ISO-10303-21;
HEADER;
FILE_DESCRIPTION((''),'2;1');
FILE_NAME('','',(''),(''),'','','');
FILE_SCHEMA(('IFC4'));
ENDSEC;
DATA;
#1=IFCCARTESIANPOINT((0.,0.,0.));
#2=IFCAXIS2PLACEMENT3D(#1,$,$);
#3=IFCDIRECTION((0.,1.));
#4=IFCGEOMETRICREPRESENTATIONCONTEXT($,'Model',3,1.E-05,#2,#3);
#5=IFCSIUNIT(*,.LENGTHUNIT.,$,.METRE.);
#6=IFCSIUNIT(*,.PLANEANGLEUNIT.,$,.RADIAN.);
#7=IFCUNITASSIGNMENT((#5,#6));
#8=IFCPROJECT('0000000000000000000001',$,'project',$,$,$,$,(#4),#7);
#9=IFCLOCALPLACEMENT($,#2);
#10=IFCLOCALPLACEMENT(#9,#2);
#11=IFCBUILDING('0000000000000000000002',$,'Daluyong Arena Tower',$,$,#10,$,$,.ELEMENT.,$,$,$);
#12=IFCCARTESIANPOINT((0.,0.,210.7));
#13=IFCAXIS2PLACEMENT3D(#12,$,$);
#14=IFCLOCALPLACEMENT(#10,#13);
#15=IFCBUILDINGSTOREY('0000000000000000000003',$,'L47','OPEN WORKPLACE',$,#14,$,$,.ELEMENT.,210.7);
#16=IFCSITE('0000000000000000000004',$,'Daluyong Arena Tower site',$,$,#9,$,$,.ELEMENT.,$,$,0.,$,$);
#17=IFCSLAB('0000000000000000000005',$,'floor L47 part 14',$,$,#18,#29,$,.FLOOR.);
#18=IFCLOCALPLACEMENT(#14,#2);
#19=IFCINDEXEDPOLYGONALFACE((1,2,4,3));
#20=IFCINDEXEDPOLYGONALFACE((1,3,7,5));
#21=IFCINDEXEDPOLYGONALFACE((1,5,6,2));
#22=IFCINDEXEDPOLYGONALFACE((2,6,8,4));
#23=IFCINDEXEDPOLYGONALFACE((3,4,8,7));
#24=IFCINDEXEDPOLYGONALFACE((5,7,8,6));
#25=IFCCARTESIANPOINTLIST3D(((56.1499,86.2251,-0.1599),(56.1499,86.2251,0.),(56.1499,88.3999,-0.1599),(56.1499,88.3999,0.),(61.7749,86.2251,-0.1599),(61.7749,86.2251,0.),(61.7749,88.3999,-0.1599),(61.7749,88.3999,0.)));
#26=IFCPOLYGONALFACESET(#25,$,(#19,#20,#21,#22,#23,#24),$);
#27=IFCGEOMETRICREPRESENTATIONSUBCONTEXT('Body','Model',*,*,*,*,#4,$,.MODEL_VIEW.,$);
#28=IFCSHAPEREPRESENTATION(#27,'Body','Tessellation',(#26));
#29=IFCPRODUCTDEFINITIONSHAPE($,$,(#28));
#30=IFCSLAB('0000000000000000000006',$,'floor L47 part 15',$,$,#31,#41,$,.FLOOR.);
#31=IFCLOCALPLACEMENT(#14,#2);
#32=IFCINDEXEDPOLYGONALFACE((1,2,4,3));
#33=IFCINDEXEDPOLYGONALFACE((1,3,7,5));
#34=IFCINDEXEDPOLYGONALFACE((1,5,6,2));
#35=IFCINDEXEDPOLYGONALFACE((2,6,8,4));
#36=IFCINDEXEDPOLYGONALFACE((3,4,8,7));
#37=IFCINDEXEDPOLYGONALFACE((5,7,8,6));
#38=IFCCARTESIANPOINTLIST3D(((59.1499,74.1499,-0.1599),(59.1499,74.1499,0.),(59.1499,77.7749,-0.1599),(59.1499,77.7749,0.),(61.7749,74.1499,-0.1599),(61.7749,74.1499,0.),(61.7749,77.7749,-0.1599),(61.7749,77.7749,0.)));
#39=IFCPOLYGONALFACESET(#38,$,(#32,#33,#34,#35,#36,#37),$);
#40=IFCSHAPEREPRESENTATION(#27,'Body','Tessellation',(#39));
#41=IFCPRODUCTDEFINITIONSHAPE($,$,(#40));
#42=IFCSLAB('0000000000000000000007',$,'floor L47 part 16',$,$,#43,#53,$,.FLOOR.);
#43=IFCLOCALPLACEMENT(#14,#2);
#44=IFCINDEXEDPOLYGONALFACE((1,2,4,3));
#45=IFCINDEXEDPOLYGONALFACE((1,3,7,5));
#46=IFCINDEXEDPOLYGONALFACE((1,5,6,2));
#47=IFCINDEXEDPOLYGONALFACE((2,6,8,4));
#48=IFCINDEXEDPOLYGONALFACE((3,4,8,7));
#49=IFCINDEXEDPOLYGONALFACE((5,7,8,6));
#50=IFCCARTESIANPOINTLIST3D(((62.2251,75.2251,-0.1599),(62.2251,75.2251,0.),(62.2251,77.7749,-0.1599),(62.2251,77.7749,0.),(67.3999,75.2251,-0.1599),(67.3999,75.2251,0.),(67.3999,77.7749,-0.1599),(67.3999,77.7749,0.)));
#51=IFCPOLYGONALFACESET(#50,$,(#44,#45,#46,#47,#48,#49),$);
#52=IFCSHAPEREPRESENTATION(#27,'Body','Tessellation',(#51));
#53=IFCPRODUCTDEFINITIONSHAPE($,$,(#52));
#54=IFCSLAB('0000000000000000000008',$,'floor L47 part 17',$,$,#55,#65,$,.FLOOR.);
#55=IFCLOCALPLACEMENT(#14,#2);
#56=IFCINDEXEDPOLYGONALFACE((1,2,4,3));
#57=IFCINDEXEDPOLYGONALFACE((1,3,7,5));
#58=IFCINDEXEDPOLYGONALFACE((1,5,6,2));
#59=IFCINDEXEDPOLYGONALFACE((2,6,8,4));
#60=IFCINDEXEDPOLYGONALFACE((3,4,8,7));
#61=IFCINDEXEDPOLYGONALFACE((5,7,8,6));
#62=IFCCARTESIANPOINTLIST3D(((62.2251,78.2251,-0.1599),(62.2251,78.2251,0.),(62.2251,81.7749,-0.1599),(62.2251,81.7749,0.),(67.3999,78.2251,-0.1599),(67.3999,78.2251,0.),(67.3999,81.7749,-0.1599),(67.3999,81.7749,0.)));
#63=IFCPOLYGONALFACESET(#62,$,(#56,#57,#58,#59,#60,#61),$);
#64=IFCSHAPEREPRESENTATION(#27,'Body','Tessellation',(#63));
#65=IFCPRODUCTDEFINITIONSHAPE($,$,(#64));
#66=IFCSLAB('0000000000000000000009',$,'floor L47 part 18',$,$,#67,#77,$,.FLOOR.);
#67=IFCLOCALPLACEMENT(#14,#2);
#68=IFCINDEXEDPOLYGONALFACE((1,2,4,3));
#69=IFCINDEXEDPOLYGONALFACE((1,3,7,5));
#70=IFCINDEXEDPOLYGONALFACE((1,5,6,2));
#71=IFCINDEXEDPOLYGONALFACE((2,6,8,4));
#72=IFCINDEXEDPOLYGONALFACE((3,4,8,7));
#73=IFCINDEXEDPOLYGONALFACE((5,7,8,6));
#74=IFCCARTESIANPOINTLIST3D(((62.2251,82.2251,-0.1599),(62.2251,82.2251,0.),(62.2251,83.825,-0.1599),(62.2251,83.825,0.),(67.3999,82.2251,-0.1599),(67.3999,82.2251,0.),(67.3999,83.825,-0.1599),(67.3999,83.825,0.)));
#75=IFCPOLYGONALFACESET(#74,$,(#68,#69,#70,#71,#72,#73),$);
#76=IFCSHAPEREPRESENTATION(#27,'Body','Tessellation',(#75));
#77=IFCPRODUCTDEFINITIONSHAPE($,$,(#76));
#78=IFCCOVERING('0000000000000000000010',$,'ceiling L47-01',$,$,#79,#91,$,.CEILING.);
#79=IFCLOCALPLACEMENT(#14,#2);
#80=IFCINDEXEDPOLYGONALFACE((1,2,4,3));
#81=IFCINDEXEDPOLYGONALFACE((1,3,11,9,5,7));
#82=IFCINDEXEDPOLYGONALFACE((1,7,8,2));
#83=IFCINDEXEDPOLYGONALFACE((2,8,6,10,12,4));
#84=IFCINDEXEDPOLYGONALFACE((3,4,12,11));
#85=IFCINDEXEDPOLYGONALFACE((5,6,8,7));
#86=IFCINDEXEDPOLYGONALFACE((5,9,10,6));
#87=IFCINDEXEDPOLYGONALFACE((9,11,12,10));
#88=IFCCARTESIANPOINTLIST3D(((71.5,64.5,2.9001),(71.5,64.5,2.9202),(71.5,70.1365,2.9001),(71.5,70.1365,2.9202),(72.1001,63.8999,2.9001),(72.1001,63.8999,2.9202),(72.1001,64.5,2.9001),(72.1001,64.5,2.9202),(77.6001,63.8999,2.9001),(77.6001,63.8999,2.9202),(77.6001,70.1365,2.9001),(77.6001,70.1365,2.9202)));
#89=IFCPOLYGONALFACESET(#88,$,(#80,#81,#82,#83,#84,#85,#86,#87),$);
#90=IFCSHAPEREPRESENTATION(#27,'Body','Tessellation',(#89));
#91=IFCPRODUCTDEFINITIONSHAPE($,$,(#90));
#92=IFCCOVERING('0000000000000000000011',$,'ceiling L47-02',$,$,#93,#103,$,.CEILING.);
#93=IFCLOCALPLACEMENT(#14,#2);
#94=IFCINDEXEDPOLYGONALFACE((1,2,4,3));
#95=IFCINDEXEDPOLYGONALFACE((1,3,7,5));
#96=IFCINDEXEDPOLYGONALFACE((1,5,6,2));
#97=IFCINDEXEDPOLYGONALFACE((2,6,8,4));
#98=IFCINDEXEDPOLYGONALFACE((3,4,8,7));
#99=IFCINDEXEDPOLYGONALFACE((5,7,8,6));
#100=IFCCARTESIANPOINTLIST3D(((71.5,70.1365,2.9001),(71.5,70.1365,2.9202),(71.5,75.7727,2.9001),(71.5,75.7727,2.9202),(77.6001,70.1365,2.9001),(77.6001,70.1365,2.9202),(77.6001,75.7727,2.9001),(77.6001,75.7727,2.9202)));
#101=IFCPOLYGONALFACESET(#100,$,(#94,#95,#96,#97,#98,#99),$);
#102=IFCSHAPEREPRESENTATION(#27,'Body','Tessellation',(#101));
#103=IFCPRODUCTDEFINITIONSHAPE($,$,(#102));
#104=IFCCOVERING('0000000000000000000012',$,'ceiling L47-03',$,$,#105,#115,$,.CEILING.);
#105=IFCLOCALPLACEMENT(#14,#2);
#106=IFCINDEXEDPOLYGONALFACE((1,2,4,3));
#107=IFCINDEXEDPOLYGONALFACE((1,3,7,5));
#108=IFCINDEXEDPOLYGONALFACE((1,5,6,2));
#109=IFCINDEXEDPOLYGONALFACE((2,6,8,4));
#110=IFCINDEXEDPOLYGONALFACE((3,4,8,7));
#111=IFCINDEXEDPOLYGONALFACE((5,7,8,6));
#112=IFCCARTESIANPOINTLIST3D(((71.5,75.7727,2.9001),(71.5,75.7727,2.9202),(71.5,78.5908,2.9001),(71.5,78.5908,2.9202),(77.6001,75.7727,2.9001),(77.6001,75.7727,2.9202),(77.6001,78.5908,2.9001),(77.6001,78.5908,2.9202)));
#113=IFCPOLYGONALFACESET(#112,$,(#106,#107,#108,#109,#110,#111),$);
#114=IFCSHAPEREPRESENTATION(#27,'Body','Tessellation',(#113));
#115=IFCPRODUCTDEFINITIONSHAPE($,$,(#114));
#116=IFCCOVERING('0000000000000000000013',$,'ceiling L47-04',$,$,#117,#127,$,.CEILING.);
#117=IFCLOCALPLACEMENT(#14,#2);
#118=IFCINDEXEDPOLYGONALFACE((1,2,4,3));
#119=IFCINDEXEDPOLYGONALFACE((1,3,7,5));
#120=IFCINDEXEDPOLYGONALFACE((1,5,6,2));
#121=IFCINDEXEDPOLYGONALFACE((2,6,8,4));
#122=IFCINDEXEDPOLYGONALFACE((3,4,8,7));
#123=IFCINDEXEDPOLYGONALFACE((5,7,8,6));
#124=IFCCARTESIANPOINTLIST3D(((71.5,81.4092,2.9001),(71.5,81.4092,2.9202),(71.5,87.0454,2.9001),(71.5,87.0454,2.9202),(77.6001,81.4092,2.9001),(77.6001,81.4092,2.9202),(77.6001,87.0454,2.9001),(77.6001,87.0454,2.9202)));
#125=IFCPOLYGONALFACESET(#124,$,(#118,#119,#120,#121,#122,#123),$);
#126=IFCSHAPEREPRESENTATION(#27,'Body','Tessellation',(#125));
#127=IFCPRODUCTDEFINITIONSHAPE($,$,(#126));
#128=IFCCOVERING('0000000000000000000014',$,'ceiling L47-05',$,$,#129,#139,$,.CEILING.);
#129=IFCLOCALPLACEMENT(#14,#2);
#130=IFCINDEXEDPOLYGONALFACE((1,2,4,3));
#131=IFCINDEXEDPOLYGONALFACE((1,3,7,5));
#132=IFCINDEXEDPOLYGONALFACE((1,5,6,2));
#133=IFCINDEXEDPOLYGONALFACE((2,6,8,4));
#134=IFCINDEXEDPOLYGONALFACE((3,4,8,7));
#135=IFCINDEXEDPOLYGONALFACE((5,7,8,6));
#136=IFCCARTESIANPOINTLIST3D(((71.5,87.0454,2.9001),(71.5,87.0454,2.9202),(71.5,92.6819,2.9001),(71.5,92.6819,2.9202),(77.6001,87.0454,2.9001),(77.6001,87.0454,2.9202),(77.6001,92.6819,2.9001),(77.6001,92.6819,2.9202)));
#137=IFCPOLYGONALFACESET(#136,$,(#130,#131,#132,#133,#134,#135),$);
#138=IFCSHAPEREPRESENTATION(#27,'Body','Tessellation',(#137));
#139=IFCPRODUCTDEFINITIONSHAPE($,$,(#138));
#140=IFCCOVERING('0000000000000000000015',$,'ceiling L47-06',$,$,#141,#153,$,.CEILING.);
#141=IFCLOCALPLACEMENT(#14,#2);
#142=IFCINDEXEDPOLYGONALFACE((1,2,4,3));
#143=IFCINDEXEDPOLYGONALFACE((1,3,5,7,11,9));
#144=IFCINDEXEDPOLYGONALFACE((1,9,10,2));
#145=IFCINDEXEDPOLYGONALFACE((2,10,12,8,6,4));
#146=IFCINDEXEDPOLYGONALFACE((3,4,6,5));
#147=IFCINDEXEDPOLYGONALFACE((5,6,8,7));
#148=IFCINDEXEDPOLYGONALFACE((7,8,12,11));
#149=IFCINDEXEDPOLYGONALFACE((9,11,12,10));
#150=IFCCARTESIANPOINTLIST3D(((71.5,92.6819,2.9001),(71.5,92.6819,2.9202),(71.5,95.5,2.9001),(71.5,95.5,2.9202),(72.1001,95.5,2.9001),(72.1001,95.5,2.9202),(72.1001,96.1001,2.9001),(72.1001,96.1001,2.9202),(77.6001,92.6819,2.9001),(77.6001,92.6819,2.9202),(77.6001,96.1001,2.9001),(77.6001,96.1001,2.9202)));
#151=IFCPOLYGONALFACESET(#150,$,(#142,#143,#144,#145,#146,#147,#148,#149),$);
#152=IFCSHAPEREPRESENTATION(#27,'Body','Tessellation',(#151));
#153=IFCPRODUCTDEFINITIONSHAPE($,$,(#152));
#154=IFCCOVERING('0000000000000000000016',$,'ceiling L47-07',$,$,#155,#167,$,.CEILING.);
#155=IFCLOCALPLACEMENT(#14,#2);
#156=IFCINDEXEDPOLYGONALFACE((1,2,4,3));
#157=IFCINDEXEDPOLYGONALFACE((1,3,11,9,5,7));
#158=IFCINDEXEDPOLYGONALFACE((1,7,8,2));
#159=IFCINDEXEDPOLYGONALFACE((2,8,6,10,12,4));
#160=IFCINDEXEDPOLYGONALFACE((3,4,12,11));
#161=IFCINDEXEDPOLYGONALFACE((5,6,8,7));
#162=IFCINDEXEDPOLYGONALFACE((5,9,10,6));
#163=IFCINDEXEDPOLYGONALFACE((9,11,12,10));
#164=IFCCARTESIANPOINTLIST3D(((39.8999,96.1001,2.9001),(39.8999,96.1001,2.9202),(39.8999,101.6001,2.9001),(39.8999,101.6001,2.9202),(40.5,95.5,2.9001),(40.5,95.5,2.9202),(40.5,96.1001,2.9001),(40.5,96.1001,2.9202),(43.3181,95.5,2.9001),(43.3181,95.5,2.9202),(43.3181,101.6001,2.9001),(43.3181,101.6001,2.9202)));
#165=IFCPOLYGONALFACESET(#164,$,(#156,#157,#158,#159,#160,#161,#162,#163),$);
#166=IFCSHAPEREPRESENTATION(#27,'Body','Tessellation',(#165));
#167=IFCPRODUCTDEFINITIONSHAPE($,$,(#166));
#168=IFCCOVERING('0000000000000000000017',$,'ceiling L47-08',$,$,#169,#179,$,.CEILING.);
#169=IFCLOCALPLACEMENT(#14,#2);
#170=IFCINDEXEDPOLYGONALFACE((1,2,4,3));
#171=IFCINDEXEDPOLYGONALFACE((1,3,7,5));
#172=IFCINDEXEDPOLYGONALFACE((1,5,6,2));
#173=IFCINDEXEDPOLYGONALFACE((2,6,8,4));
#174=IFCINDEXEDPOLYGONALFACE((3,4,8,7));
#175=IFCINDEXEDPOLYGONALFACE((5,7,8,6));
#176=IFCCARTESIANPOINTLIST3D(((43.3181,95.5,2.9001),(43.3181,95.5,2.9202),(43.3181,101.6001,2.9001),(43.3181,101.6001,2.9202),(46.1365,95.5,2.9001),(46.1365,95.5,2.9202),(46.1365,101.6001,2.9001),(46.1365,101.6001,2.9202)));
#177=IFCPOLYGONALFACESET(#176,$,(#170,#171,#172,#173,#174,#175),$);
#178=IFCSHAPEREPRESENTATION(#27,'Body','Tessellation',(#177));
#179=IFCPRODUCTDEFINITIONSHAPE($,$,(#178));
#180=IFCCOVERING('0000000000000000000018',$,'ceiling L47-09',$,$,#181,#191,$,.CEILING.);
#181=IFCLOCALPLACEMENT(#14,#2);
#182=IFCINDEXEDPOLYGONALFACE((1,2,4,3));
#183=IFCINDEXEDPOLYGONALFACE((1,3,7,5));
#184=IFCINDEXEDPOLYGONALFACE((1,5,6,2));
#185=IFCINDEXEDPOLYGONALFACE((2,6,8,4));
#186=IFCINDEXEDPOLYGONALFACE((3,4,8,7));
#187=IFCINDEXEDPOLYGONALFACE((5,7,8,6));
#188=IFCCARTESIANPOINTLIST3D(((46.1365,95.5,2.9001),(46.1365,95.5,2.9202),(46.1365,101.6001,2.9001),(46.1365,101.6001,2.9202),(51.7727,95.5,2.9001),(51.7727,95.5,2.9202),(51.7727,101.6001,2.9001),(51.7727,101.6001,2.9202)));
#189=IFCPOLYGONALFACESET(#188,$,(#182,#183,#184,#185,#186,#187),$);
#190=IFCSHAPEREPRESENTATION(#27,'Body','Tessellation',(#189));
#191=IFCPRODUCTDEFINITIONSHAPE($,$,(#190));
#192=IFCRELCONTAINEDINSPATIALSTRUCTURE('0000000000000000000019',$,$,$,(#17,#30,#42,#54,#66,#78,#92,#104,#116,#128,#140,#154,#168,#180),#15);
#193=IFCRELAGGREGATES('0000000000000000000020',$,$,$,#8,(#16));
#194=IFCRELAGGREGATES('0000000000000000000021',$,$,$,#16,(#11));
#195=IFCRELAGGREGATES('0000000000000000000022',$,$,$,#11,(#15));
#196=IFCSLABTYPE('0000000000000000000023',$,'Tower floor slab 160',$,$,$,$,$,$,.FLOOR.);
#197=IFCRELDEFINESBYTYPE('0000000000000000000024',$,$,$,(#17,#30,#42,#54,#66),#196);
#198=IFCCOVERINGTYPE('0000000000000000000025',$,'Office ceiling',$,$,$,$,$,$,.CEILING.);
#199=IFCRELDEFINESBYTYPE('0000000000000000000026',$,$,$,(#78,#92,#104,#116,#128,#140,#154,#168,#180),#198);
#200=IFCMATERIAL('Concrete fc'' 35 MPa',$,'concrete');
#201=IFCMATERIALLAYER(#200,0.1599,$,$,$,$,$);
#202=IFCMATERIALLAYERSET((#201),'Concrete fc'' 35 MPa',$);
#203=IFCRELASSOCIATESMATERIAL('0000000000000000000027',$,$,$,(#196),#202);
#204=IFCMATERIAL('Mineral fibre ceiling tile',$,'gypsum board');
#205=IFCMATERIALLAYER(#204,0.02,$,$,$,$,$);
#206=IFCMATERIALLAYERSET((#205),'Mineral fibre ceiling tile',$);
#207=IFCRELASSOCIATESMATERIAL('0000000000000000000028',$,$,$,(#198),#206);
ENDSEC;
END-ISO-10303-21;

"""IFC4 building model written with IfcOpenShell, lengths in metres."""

from ifc_helpers import new_model, si_unit, direction, frame, origin, place, context, subcontext, project, spatial, polyline, outline, extrude, material, layer, layer_set, type_object, element, save


model = new_model("IFC4")

# Units and contexts
model_context = context("Model", 3, precision=1e-05, world=origin(), true_north=direction((0.0, 1.0)))
body_context = subcontext(model_context, "Body", "Model", "MODEL_VIEW")
ifc_project = project(units=[si_unit("LENGTHUNIT", "METRE"), si_unit("PLANEANGLEUNIT", "RADIAN")], contexts=[model_context])

# Site, building, storey
site_placement = place(None, origin())
site = spatial("IfcSite", under=ifc_project, at=site_placement, Name="Daluyong Arena Tower site", CompositionType="ELEMENT", RefElevation=0.0)
building_placement = place(site_placement, origin())
building = spatial("IfcBuilding", under=site, at=building_placement, Name="Daluyong Arena Tower", CompositionType="ELEMENT")
storey_placement = place(building_placement, frame((0.0, 0.0, 210.7)))
storey = spatial("IfcBuildingStorey", under=building, at=storey_placement, Name="L47", Description="OPEN WORKPLACE", CompositionType="ELEMENT", Elevation=210.7)

# Slabs
ifc_material_1 = material(Name="Concrete fc' 35 MPa", Category="concrete")
ifc_layer_1 = layer(ifc_material_1, 0.1599)
ifc_layer_set_1 = layer_set([ifc_layer_1], Name="Concrete fc' 35 MPa")
slab_type = type_object("IfcSlabType", Name="Tower floor slab 160", PredefinedType="FLOOR", material=ifc_layer_set_1)
slab_1_placement = place(storey_placement, frame((0.0, 0.0, -0.1599)))
element("IfcSlab", 1, at=slab_1_placement, inside=storey, type_object=slab_type, Name="floor L47 part 14", PredefinedType="FLOOR", context=body_context, shape_type="SweptSolid", body=[
    extrude(outline(polyline([(56.1499, 88.3999), (56.1499, 86.2251), (61.7749, 86.2251), (61.7749, 88.3999), (56.1499, 88.3999)])), origin(), (0.0, 0.0, 1.0), 0.1599),
])
slab_2_placement = place(storey_placement, frame((0.0, 0.0, -0.1599)))
element("IfcSlab", 2, at=slab_2_placement, inside=storey, type_object=slab_type, Name="floor L47 part 15", PredefinedType="FLOOR", context=body_context, shape_type="SweptSolid", body=[
    extrude(outline(polyline([(61.7749, 77.7749), (59.1499, 77.7749), (59.1499, 74.1499), (61.7749, 74.1499), (61.7749, 77.7749)])), origin(), (0.0, 0.0, 1.0), 0.1599),
])
slab_3_placement = place(storey_placement, frame((0.0, 0.0, -0.1599)))
element("IfcSlab", 3, at=slab_3_placement, inside=storey, type_object=slab_type, Name="floor L47 part 16", PredefinedType="FLOOR", context=body_context, shape_type="SweptSolid", body=[
    extrude(outline(polyline([(67.3999, 75.2251), (67.3999, 77.7749), (62.2251, 77.7749), (62.2251, 75.2251), (67.3999, 75.2251)])), origin(), (0.0, 0.0, 1.0), 0.1599),
])
slab_4_placement = place(storey_placement, frame((0.0, 0.0, -0.1599)))
element("IfcSlab", 4, at=slab_4_placement, inside=storey, type_object=slab_type, Name="floor L47 part 17", PredefinedType="FLOOR", context=body_context, shape_type="SweptSolid", body=[
    extrude(outline(polyline([(67.3999, 78.2251), (67.3999, 81.7749), (62.2251, 81.7749), (62.2251, 78.2251), (67.3999, 78.2251)])), origin(), (0.0, 0.0, 1.0), 0.1599),
])
slab_5_placement = place(storey_placement, frame((0.0, 0.0, -0.1599)))
element("IfcSlab", 5, at=slab_5_placement, inside=storey, type_object=slab_type, Name="floor L47 part 18", PredefinedType="FLOOR", context=body_context, shape_type="SweptSolid", body=[
    extrude(outline(polyline([(67.3999, 83.825), (62.2251, 83.825), (62.2251, 82.2251), (67.3999, 82.2251), (67.3999, 83.825)])), origin(), (0.0, 0.0, 1.0), 0.1599),
])

# Coverings
ifc_material_2 = material(Name="Mineral fibre ceiling tile", Category="gypsum board")
ifc_layer_2 = layer(ifc_material_2, 0.02)
ifc_layer_set_2 = layer_set([ifc_layer_2], Name="Mineral fibre ceiling tile")
covering_type = type_object("IfcCoveringType", Name="Office ceiling", PredefinedType="CEILING", material=ifc_layer_set_2)
covering_1_placement = place(storey_placement, frame((0.0, 0.0, 2.9001)))
element("IfcCovering", 6, at=covering_1_placement, inside=storey, type_object=covering_type, Name="ceiling L47-01", PredefinedType="CEILING", context=body_context, shape_type="SweptSolid", body=[
    extrude(outline(polyline([(72.1001, 63.8999), (77.6001, 63.8999), (77.6001, 70.1365), (71.5, 70.1365), (71.5, 64.5), (72.1001, 64.5), (72.1001, 63.8999)])), origin(), (0.0, 0.0, 1.0), 0.02),
])
covering_2_placement = place(storey_placement, frame((0.0, 0.0, 2.9001)))
element("IfcCovering", 7, at=covering_2_placement, inside=storey, type_object=covering_type, Name="ceiling L47-02", PredefinedType="CEILING", context=body_context, shape_type="SweptSolid", body=[
    extrude(outline(polyline([(71.5, 70.1365), (77.6001, 70.1365), (77.6001, 75.7727), (71.5, 75.7727), (71.5, 70.1365)])), origin(), (0.0, 0.0, 1.0), 0.02),
])
covering_3_placement = place(storey_placement, frame((0.0, 0.0, 2.9001)))
element("IfcCovering", 8, at=covering_3_placement, inside=storey, type_object=covering_type, Name="ceiling L47-03", PredefinedType="CEILING", context=body_context, shape_type="SweptSolid", body=[
    extrude(outline(polyline([(71.5, 75.7727), (77.6001, 75.7727), (77.6001, 78.5908), (71.5, 78.5908), (71.5, 75.7727)])), origin(), (0.0, 0.0, 1.0), 0.02),
])
covering_4_placement = place(storey_placement, frame((0.0, 0.0, 2.9001)))
element("IfcCovering", 9, at=covering_4_placement, inside=storey, type_object=covering_type, Name="ceiling L47-04", PredefinedType="CEILING", context=body_context, shape_type="SweptSolid", body=[
    extrude(outline(polyline([(71.5, 81.4092), (77.6001, 81.4092), (77.6001, 87.0454), (71.5, 87.0454), (71.5, 81.4092)])), origin(), (0.0, 0.0, 1.0), 0.02),
])
covering_5_placement = place(storey_placement, frame((0.0, 0.0, 2.9001)))
element("IfcCovering", 10, at=covering_5_placement, inside=storey, type_object=covering_type, Name="ceiling L47-05", PredefinedType="CEILING", context=body_context, shape_type="SweptSolid", body=[
    extrude(outline(polyline([(71.5, 87.0454), (77.6001, 87.0454), (77.6001, 92.6819), (71.5, 92.6819), (71.5, 87.0454)])), origin(), (0.0, 0.0, 1.0), 0.02),
])
covering_6_placement = place(storey_placement, frame((0.0, 0.0, 2.9001)))
element("IfcCovering", 11, at=covering_6_placement, inside=storey, type_object=covering_type, Name="ceiling L47-06", PredefinedType="CEILING", context=body_context, shape_type="SweptSolid", body=[
    extrude(outline(polyline([(71.5, 92.6819), (77.6001, 92.6819), (77.6001, 96.1001), (72.1001, 96.1001), (72.1001, 95.5), (71.5, 95.5), (71.5, 92.6819)])), origin(), (0.0, 0.0, 1.0), 0.02),
])
covering_7_placement = place(storey_placement, frame((0.0, 0.0, 2.9001)))
element("IfcCovering", 12, at=covering_7_placement, inside=storey, type_object=covering_type, Name="ceiling L47-07", PredefinedType="CEILING", context=body_context, shape_type="SweptSolid", body=[
    extrude(outline(polyline([(43.3181, 95.5), (43.3181, 101.6001), (39.8999, 101.6001), (39.8999, 96.1001), (40.5, 96.1001), (40.5, 95.5), (43.3181, 95.5)])), origin(), (0.0, 0.0, 1.0), 0.02),
])
covering_8_placement = place(storey_placement, frame((0.0, 0.0, 2.9001)))
element("IfcCovering", 13, at=covering_8_placement, inside=storey, type_object=covering_type, Name="ceiling L47-08", PredefinedType="CEILING", context=body_context, shape_type="SweptSolid", body=[
    extrude(outline(polyline([(46.1365, 95.5), (46.1365, 101.6001), (43.3181, 101.6001), (43.3181, 95.5), (46.1365, 95.5)])), origin(), (0.0, 0.0, 1.0), 0.02),
])
covering_9_placement = place(storey_placement, frame((0.0, 0.0, 2.9001)))
element("IfcCovering", 14, at=covering_9_placement, inside=storey, type_object=covering_type, Name="ceiling L47-09", PredefinedType="CEILING", context=body_context, shape_type="SweptSolid", body=[
    extrude(outline(polyline([(51.7727, 95.5), (51.7727, 101.6001), (46.1365, 101.6001), (46.1365, 95.5), (51.7727, 95.5)])), origin(), (0.0, 0.0, 1.0), 0.02),
])

save(model, "model.ifc")
